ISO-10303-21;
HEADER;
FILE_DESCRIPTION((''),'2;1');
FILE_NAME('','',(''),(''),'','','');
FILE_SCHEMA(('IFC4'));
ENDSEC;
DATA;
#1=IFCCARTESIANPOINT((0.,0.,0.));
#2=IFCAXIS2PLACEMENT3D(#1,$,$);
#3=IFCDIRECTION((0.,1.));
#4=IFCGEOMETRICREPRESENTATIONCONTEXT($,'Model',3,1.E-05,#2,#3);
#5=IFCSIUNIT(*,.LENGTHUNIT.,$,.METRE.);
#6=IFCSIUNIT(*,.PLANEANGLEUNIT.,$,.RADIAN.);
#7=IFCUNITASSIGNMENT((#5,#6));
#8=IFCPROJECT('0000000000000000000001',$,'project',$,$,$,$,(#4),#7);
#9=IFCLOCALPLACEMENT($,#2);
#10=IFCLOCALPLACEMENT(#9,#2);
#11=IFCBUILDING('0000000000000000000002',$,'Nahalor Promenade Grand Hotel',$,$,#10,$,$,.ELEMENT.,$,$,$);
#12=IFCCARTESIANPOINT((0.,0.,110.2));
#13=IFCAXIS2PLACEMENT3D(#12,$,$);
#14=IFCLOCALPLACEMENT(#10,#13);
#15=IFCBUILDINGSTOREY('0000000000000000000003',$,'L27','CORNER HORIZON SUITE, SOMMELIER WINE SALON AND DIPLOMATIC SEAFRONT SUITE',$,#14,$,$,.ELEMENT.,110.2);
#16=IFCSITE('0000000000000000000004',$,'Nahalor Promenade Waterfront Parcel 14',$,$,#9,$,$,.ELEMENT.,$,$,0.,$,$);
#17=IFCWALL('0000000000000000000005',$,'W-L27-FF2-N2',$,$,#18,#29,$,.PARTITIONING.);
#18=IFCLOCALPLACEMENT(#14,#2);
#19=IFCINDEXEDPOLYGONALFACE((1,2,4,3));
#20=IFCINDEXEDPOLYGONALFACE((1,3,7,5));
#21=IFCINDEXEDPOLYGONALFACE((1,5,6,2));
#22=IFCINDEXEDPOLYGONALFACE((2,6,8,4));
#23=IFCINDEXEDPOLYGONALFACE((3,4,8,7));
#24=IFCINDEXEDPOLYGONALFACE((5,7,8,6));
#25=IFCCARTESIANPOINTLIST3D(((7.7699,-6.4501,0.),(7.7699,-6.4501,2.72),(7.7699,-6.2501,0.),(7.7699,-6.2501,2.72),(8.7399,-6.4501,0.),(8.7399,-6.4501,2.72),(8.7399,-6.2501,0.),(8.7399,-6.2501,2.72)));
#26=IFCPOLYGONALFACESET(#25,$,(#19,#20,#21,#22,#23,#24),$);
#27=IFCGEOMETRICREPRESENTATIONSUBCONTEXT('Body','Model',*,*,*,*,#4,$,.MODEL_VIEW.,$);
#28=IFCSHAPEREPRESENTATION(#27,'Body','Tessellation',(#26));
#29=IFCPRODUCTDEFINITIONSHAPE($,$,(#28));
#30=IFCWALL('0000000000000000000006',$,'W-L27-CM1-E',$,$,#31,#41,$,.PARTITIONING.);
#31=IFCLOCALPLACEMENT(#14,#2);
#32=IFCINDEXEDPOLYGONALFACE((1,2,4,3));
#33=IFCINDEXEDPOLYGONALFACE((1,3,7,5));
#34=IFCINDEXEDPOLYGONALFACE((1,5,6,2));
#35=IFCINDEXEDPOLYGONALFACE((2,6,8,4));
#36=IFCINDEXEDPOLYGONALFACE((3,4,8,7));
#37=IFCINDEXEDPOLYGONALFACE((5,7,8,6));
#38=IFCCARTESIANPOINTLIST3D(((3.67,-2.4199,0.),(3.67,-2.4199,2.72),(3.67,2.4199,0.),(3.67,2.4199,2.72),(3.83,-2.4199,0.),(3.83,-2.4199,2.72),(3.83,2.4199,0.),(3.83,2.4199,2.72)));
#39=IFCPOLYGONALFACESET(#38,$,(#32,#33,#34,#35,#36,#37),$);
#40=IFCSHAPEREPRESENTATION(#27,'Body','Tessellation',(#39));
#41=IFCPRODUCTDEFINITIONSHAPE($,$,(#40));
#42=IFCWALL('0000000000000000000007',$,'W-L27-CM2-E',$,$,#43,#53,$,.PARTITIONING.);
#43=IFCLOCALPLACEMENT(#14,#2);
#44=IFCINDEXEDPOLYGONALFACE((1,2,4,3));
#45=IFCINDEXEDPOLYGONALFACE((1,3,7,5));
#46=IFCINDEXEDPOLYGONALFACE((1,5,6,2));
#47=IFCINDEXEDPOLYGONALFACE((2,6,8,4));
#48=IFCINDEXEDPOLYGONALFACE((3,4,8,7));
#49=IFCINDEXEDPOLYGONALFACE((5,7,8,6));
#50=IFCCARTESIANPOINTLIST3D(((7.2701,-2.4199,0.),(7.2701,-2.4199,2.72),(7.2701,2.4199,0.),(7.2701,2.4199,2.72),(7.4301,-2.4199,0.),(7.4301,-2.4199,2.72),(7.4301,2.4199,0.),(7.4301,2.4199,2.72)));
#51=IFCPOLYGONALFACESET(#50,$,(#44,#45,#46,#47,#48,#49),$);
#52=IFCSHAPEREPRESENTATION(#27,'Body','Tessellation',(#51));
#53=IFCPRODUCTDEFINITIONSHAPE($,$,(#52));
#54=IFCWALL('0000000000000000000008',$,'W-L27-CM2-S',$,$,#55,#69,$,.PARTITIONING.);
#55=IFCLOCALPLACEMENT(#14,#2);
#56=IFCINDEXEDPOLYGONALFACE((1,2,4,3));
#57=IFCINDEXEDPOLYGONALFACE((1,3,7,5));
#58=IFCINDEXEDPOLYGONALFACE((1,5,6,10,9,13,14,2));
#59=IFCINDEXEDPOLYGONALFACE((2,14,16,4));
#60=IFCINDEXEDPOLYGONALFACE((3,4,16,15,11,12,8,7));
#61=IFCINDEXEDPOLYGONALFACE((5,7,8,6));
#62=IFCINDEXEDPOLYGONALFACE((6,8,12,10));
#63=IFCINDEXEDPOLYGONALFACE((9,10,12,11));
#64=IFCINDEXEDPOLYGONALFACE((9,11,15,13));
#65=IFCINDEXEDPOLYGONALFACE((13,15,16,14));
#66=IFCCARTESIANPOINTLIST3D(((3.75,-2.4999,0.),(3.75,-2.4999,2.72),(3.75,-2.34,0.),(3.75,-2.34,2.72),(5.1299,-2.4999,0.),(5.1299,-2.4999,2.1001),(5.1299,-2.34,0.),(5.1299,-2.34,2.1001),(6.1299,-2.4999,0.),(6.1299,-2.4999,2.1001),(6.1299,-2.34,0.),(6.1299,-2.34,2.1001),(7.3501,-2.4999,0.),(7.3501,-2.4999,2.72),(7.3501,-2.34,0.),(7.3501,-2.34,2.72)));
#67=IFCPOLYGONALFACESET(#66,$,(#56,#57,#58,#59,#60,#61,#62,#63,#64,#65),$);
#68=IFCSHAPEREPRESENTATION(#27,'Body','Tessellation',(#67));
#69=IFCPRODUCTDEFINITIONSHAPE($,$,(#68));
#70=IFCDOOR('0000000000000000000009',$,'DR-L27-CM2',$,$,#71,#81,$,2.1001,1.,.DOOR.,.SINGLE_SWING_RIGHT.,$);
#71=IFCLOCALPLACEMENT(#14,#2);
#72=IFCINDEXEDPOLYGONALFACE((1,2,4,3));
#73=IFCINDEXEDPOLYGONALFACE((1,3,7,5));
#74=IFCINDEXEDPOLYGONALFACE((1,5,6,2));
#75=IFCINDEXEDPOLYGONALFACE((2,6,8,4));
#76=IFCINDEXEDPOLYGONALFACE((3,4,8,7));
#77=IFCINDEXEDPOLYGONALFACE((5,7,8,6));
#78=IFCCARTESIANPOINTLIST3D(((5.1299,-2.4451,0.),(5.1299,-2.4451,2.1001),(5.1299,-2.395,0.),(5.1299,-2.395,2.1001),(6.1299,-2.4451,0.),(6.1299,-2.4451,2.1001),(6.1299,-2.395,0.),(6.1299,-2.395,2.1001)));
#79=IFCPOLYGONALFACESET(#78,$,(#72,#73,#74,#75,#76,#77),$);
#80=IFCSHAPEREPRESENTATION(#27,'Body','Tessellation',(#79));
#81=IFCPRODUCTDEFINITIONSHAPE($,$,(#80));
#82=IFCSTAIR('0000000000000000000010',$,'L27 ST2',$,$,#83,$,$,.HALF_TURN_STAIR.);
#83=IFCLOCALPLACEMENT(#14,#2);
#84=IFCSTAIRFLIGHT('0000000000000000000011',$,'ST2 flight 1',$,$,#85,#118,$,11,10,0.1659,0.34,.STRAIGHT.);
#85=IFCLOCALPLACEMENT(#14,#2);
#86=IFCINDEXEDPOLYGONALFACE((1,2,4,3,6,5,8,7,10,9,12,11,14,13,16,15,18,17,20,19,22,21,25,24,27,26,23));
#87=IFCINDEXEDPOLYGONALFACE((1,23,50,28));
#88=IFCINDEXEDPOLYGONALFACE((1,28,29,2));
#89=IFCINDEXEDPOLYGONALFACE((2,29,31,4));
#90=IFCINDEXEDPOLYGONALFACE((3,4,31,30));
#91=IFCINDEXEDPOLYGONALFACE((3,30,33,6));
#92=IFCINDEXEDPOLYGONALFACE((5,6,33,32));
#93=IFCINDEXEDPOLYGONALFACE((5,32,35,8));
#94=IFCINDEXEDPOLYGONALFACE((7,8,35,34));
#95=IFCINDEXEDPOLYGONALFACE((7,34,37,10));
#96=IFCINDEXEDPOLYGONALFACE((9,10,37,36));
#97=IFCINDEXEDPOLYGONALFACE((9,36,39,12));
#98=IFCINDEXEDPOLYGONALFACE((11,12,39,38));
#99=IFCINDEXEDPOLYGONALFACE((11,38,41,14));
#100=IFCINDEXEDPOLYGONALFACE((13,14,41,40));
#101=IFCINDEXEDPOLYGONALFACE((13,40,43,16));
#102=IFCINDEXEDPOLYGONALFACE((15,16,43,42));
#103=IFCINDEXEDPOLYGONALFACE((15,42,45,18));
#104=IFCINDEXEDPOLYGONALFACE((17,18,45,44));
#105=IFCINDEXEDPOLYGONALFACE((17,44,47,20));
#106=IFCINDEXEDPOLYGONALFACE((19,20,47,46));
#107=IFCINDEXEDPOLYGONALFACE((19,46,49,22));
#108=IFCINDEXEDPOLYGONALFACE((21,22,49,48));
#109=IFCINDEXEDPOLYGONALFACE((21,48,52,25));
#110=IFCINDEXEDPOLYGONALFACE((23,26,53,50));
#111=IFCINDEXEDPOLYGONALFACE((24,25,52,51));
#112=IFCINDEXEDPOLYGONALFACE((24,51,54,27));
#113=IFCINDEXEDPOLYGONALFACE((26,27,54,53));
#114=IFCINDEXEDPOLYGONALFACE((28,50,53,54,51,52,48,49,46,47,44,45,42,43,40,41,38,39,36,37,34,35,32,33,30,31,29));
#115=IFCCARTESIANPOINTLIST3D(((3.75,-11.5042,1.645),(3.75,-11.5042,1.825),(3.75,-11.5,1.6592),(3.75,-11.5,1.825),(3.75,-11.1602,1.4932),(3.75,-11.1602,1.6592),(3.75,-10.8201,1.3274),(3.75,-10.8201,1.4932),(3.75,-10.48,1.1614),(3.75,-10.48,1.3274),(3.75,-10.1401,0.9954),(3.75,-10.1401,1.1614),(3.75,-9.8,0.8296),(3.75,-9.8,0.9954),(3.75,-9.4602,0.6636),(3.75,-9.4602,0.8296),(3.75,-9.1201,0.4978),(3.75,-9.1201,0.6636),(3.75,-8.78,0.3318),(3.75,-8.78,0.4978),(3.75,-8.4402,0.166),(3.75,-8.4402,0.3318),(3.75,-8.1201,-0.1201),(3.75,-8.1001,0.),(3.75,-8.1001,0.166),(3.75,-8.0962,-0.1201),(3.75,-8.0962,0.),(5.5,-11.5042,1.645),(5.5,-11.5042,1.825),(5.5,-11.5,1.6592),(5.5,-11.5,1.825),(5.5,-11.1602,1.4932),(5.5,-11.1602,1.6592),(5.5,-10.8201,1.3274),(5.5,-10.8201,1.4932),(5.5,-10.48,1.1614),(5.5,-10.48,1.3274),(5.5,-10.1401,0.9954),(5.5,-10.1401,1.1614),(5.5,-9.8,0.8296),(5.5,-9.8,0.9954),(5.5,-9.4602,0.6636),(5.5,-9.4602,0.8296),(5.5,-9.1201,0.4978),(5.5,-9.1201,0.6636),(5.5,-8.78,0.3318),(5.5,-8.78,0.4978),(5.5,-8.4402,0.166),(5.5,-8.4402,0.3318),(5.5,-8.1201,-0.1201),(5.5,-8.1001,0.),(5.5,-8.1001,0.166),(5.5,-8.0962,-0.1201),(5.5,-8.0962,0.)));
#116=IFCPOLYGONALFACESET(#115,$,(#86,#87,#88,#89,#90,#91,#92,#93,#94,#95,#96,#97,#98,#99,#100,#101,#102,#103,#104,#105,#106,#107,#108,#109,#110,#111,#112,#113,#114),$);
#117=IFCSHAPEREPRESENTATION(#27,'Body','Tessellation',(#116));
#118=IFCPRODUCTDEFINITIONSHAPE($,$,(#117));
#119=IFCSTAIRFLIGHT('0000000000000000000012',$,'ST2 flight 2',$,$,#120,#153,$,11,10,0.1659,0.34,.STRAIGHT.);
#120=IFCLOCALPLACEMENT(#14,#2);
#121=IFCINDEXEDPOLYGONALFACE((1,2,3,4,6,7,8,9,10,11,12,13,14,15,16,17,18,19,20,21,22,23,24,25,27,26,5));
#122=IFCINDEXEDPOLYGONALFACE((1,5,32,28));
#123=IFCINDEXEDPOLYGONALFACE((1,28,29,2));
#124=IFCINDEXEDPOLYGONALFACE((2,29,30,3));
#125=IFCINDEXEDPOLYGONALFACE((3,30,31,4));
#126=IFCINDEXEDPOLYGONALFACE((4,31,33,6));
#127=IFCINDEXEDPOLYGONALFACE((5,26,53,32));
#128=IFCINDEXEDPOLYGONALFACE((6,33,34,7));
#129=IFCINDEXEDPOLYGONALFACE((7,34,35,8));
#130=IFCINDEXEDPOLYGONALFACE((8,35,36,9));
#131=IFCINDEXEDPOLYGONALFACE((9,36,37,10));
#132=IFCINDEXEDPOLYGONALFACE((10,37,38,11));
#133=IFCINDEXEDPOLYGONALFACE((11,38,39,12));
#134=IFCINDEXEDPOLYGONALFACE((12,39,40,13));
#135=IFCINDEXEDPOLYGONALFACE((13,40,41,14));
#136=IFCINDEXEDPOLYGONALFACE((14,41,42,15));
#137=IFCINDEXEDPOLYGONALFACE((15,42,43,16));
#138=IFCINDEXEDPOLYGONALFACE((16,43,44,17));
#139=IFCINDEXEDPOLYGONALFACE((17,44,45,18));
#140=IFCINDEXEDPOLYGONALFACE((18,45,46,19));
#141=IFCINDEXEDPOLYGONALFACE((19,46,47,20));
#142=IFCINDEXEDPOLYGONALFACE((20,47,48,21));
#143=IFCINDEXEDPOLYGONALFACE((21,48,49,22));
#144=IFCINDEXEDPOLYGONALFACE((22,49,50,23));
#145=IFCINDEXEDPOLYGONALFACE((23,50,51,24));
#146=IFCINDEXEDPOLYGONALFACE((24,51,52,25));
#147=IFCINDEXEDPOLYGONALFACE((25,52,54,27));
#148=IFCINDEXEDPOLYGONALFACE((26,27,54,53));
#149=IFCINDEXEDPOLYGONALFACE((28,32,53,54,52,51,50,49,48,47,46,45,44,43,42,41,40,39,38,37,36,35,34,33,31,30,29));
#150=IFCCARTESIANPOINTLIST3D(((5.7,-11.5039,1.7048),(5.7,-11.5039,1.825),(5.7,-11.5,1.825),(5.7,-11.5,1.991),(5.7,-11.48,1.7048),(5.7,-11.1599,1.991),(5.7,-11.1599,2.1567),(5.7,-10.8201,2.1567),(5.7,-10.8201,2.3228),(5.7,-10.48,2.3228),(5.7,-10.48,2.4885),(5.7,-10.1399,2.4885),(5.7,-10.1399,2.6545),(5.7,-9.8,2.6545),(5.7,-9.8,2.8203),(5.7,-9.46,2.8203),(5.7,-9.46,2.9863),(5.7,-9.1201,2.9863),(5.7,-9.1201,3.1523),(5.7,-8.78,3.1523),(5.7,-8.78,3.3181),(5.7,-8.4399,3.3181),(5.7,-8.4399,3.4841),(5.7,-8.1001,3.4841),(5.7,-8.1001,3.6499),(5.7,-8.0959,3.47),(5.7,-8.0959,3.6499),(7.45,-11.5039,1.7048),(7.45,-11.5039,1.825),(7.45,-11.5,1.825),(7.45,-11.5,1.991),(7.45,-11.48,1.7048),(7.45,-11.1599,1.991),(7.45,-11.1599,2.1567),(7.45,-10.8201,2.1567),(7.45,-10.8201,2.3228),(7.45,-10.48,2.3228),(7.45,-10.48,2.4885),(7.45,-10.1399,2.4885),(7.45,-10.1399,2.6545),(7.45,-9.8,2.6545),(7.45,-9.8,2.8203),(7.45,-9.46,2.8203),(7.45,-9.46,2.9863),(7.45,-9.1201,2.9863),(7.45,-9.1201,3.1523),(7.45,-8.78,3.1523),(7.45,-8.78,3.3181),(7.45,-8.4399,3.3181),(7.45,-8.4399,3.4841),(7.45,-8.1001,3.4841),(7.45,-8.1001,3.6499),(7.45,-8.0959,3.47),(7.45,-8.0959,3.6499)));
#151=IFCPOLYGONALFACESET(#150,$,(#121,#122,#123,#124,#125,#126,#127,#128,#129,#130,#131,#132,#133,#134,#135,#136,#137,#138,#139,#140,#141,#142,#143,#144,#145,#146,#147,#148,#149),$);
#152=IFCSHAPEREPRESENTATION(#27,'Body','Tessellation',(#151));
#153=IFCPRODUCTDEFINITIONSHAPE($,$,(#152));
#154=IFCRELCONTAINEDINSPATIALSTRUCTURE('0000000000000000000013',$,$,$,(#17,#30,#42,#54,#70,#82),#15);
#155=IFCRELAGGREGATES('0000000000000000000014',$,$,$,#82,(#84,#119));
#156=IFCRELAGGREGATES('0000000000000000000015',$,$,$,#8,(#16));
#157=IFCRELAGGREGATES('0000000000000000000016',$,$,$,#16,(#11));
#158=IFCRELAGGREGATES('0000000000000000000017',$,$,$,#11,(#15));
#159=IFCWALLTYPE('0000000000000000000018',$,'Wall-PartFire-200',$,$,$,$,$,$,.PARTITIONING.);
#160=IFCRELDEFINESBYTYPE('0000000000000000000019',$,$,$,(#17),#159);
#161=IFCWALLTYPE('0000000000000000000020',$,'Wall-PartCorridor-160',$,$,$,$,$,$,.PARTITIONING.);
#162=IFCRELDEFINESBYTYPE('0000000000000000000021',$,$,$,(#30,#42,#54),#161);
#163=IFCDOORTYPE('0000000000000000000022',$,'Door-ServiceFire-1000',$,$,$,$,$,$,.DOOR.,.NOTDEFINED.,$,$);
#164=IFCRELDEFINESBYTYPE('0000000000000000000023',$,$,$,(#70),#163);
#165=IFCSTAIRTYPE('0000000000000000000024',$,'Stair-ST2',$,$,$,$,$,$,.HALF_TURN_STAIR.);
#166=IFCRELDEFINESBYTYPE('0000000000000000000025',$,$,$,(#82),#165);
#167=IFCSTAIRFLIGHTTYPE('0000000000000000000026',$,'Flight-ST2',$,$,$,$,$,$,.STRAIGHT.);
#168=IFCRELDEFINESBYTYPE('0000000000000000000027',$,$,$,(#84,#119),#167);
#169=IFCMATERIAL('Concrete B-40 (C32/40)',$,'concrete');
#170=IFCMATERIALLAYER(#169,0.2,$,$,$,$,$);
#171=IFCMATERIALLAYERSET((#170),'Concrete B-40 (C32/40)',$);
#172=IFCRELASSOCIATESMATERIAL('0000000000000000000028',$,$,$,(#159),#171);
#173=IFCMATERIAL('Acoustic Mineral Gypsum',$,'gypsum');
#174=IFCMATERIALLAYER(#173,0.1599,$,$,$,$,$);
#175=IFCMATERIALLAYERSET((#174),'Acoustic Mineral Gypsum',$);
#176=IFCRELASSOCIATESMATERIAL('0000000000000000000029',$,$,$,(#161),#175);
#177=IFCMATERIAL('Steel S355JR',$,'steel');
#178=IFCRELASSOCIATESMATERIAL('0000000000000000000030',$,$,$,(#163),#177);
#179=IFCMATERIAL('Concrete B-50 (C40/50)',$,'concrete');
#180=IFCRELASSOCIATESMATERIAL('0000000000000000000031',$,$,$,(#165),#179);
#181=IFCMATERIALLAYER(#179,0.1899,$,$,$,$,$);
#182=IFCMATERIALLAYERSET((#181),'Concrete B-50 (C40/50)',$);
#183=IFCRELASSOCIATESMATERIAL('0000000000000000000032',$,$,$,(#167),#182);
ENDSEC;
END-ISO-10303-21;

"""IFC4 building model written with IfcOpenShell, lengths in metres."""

from ifc_helpers import new_model, si_unit, direction, frame, frame_2d, origin, place, context, subcontext, project, spatial, polyline, rectangle, outline, extrude, source, transform, mapped, material, layer, layer_set, type_object, element, fill, aggregate, save


model = new_model("IFC4")

# Units and contexts
model_context = context("Model", 3, precision=1e-05, world=origin(), true_north=direction((0.0, 1.0)))
body_context = subcontext(model_context, "Body", "Model", "MODEL_VIEW")
ifc_project = project(units=[si_unit("LENGTHUNIT", "METRE"), si_unit("PLANEANGLEUNIT", "RADIAN")], contexts=[model_context])

# Site, building, storey
site_placement = place(None, origin())
site = spatial("IfcSite", under=ifc_project, at=site_placement, Name="Nahalor Promenade Waterfront Parcel 14", CompositionType="ELEMENT", RefElevation=0.0)
building_placement = place(site_placement, origin())
building = spatial("IfcBuilding", under=site, at=building_placement, Name="Nahalor Promenade Grand Hotel", CompositionType="ELEMENT")
storey_placement = place(building_placement, frame((0.0, 0.0, 110.2)))
storey = spatial("IfcBuildingStorey", under=building, at=storey_placement, Name="L27", Description="CORNER HORIZON SUITE, SOMMELIER WINE SALON AND DIPLOMATIC SEAFRONT SUITE", CompositionType="ELEMENT", Elevation=110.2)

# Shared definitions
ifc_material_1 = material(Name="Steel S355JR", Category="steel")

# Walls
ifc_material_2 = material(Name="Concrete B-50 (C40/50)", Category="concrete")
ifc_material_3 = material(Name="Concrete B-40 (C32/40)", Category="concrete")
ifc_layer_1 = layer(ifc_material_3, 0.2)
ifc_layer_set_1 = layer_set([ifc_layer_1], Name="Concrete B-40 (C32/40)")
wall_type_1 = type_object("IfcWallType", Name="Wall-PartFire-200", PredefinedType="PARTITIONING", material=ifc_layer_set_1)
shared_shape_1 = source(origin(), body_context, "Body", "SweptSolid", [
    extrude(rectangle(XDim=0.97, YDim=0.2, at=frame_2d((0.4849, 0.0))), origin(), (0.0, 0.0, 1.0), 2.72),
])
wall_1_placement = place(storey_placement, frame((7.77, -6.3501, 0.0), z_axis=(0.0, 0.0, 1.0), x_axis=(1.0, 0.0, 0.0)))
element("IfcWall", 1, at=wall_1_placement, inside=storey, type_object=wall_type_1, Name="W-L27-FF2-N2", PredefinedType="PARTITIONING", context=body_context, shape_type="MappedRepresentation", body=[
    mapped(shared_shape_1, transform((0.0, 0.0, 0.0), scale=1.0)),
])
ifc_material_4 = material(Name="Acoustic Mineral Gypsum", Category="gypsum")
ifc_layer_2 = layer(ifc_material_4, 0.1599)
ifc_layer_set_2 = layer_set([ifc_layer_2], Name="Acoustic Mineral Gypsum")
wall_type_2 = type_object("IfcWallType", Name="Wall-PartCorridor-160", PredefinedType="PARTITIONING", material=ifc_layer_set_2)
shared_shape_2 = source(origin(), body_context, "Body", "SweptSolid", [
    extrude(rectangle(XDim=4.8398, YDim=0.1599, at=frame_2d((2.4199, 0.0))), origin(), (0.0, 0.0, 1.0), 2.72),
])
for number, where, z_axis, x_axis, name in (
    (2, (3.75, -2.4199, 0.0), (0.0, 0.0, 1.0), (0.0, 1.0, 0.0), "W-L27-CM1-E"),
    (3, (7.3501, -2.4199, 0.0), (0.0, 0.0, 1.0), (0.0, 1.0, 0.0), "W-L27-CM2-E"),
):
    element("IfcWall", number, at=place(storey_placement, frame(where, z_axis=z_axis, x_axis=x_axis)), inside=storey, type_object=wall_type_2, Name=name, PredefinedType="PARTITIONING", context=body_context, shape_type="MappedRepresentation", body=[
        mapped(shared_shape_2, transform((0.0, 0.0, 0.0), scale=1.0)),
    ])

# Wall, opening, door
shared_shape_3 = source(origin(), body_context, "Body", "SweptSolid", [
    extrude(rectangle(XDim=3.6001, YDim=0.1599, at=frame_2d((1.8, 0.0))), origin(), (0.0, 0.0, 1.0), 2.72),
])
wall_2_placement = place(storey_placement, frame((3.75, -2.4199, 0.0), z_axis=(0.0, 0.0, 1.0), x_axis=(1.0, 0.0, 0.0)))
wall_2 = element("IfcWall", 4, at=wall_2_placement, inside=storey, type_object=wall_type_2, Name="W-L27-CM2-S", PredefinedType="PARTITIONING", context=body_context, shape_type="MappedRepresentation", body=[
    mapped(shared_shape_3, transform((0.0, 0.0, 0.0), scale=1.0)),
])
opening_placement = place(wall_2_placement, frame((1.3799, 0.0, 0.0)))
opening = element("IfcOpeningElement", 5, at=opening_placement, cuts=wall_2, PredefinedType="OPENING", context=body_context, shape_type="SweptSolid", body=[
    extrude(rectangle(XDim=1.0, YDim=2.1001, at=frame_2d((0.5, 1.05))), frame((0.0, 0.0898, 0.0), z_axis=(0.0, -1.0, 0.0), x_axis=(1.0, 0.0, 0.0)), (0.0, 0.0, 1.0), 0.1799),
])
door_type = type_object("IfcDoorType", Name="Door-ServiceFire-1000", OperationType="NOTDEFINED", PredefinedType="DOOR", material=ifc_material_1)
shared_shape_4 = source(origin(), body_context, "Body", "SweptSolid", [
    extrude(rectangle(XDim=1.0, YDim=2.1001, at=frame_2d((0.5, 1.05))), frame((0.0, 0.0249, 0.0), z_axis=(0.0, -1.0, 0.0), x_axis=(1.0, 0.0, 0.0)), (0.0, 0.0, 1.0), 0.05),
])
door_placement = place(opening_placement, origin())
door = element("IfcDoor", 6, at=door_placement, inside=storey, type_object=door_type, Name="DR-L27-CM2", OperationType="SINGLE_SWING_RIGHT", OverallHeight=2.1001, OverallWidth=1.0, PredefinedType="DOOR", context=body_context, shape_type="MappedRepresentation", body=[
    mapped(shared_shape_4, transform((0.0, 0.0, 0.0), scale=1.0)),
])
fill(opening, door)

# Stair, stair flights
stair_type = type_object("IfcStairType", Name="Stair-ST2", PredefinedType="HALF_TURN_STAIR", material=ifc_material_2)
stair_placement = place(storey_placement, origin())
stair = element("IfcStair", 7, at=stair_placement, inside=storey, type_object=stair_type, Name="L27 ST2", PredefinedType="HALF_TURN_STAIR")
ifc_layer_3 = layer(ifc_material_2, 0.1899)
ifc_layer_set_3 = layer_set([ifc_layer_3], Name="Concrete B-50 (C40/50)")
stair_flight_type = type_object("IfcStairFlightType", Name="Flight-ST2", PredefinedType="STRAIGHT", material=ifc_layer_set_3)
shared_shape_5 = source(origin(), body_context, "Body", "SweptSolid", [
    extrude(outline(polyline([(-0.0039, -0.1201), (-0.0039, 0.0), (0.0, 0.0), (0.0, 0.166), (0.3401, 0.166), (0.3401, 0.3318), (0.6799, 0.3318), (0.6799, 0.4978), (1.02, 0.4978), (1.02, 0.6636), (1.3601, 0.6636), (1.3601, 0.8296), (1.7, 0.8296), (1.7, 0.9954), (2.04, 0.9954), (2.04, 1.1614), (2.3799, 1.1614), (2.3799, 1.3274), (2.72, 1.3274), (2.72, 1.4932), (3.0601, 1.4932), (3.0601, 1.6592), (3.3999, 1.6592), (3.3999, 1.825), (3.4041, 1.825), (3.4041, 1.645), (0.02, -0.1201), (-0.0039, -0.1201)])), frame((0.0, 0.875, 0.0), z_axis=(0.0, -1.0, 0.0), x_axis=(1.0, 0.0, 0.0)), (0.0, 0.0, 1.0), 1.75),
])
stair_flight_1_placement = place(storey_placement, frame((4.625, -8.1001, 0.0), z_axis=(0.0, 0.0, 1.0), x_axis=(0.0, -1.0, 0.0)))
stair_flight_1 = element("IfcStairFlight", 8, at=stair_flight_1_placement, type_object=stair_flight_type, Name="ST2 flight 1", NumberOfRisers=11, NumberOfTreads=10, PredefinedType="STRAIGHT", RiserHeight=0.1659, TreadLength=0.34, context=body_context, shape_type="MappedRepresentation", body=[
    mapped(shared_shape_5, transform((0.0, 0.0, 0.0), scale=1.0)),
])
stair_flight_2_placement = place(storey_placement, frame((6.575, -11.5, 1.825), z_axis=(0.0, 0.0, 1.0), x_axis=(0.0, 1.0, 0.0)))
stair_flight_2 = element("IfcStairFlight", 9, at=stair_flight_2_placement, type_object=stair_flight_type, Name="ST2 flight 2", NumberOfRisers=11, NumberOfTreads=10, PredefinedType="STRAIGHT", RiserHeight=0.1659, TreadLength=0.34, context=body_context, shape_type="MappedRepresentation", body=[
    mapped(shared_shape_5, transform((0.0, 0.0, 0.0), scale=1.0)),
])
aggregate(stair, [stair_flight_1, stair_flight_2])

save(model, "model.ifc")
